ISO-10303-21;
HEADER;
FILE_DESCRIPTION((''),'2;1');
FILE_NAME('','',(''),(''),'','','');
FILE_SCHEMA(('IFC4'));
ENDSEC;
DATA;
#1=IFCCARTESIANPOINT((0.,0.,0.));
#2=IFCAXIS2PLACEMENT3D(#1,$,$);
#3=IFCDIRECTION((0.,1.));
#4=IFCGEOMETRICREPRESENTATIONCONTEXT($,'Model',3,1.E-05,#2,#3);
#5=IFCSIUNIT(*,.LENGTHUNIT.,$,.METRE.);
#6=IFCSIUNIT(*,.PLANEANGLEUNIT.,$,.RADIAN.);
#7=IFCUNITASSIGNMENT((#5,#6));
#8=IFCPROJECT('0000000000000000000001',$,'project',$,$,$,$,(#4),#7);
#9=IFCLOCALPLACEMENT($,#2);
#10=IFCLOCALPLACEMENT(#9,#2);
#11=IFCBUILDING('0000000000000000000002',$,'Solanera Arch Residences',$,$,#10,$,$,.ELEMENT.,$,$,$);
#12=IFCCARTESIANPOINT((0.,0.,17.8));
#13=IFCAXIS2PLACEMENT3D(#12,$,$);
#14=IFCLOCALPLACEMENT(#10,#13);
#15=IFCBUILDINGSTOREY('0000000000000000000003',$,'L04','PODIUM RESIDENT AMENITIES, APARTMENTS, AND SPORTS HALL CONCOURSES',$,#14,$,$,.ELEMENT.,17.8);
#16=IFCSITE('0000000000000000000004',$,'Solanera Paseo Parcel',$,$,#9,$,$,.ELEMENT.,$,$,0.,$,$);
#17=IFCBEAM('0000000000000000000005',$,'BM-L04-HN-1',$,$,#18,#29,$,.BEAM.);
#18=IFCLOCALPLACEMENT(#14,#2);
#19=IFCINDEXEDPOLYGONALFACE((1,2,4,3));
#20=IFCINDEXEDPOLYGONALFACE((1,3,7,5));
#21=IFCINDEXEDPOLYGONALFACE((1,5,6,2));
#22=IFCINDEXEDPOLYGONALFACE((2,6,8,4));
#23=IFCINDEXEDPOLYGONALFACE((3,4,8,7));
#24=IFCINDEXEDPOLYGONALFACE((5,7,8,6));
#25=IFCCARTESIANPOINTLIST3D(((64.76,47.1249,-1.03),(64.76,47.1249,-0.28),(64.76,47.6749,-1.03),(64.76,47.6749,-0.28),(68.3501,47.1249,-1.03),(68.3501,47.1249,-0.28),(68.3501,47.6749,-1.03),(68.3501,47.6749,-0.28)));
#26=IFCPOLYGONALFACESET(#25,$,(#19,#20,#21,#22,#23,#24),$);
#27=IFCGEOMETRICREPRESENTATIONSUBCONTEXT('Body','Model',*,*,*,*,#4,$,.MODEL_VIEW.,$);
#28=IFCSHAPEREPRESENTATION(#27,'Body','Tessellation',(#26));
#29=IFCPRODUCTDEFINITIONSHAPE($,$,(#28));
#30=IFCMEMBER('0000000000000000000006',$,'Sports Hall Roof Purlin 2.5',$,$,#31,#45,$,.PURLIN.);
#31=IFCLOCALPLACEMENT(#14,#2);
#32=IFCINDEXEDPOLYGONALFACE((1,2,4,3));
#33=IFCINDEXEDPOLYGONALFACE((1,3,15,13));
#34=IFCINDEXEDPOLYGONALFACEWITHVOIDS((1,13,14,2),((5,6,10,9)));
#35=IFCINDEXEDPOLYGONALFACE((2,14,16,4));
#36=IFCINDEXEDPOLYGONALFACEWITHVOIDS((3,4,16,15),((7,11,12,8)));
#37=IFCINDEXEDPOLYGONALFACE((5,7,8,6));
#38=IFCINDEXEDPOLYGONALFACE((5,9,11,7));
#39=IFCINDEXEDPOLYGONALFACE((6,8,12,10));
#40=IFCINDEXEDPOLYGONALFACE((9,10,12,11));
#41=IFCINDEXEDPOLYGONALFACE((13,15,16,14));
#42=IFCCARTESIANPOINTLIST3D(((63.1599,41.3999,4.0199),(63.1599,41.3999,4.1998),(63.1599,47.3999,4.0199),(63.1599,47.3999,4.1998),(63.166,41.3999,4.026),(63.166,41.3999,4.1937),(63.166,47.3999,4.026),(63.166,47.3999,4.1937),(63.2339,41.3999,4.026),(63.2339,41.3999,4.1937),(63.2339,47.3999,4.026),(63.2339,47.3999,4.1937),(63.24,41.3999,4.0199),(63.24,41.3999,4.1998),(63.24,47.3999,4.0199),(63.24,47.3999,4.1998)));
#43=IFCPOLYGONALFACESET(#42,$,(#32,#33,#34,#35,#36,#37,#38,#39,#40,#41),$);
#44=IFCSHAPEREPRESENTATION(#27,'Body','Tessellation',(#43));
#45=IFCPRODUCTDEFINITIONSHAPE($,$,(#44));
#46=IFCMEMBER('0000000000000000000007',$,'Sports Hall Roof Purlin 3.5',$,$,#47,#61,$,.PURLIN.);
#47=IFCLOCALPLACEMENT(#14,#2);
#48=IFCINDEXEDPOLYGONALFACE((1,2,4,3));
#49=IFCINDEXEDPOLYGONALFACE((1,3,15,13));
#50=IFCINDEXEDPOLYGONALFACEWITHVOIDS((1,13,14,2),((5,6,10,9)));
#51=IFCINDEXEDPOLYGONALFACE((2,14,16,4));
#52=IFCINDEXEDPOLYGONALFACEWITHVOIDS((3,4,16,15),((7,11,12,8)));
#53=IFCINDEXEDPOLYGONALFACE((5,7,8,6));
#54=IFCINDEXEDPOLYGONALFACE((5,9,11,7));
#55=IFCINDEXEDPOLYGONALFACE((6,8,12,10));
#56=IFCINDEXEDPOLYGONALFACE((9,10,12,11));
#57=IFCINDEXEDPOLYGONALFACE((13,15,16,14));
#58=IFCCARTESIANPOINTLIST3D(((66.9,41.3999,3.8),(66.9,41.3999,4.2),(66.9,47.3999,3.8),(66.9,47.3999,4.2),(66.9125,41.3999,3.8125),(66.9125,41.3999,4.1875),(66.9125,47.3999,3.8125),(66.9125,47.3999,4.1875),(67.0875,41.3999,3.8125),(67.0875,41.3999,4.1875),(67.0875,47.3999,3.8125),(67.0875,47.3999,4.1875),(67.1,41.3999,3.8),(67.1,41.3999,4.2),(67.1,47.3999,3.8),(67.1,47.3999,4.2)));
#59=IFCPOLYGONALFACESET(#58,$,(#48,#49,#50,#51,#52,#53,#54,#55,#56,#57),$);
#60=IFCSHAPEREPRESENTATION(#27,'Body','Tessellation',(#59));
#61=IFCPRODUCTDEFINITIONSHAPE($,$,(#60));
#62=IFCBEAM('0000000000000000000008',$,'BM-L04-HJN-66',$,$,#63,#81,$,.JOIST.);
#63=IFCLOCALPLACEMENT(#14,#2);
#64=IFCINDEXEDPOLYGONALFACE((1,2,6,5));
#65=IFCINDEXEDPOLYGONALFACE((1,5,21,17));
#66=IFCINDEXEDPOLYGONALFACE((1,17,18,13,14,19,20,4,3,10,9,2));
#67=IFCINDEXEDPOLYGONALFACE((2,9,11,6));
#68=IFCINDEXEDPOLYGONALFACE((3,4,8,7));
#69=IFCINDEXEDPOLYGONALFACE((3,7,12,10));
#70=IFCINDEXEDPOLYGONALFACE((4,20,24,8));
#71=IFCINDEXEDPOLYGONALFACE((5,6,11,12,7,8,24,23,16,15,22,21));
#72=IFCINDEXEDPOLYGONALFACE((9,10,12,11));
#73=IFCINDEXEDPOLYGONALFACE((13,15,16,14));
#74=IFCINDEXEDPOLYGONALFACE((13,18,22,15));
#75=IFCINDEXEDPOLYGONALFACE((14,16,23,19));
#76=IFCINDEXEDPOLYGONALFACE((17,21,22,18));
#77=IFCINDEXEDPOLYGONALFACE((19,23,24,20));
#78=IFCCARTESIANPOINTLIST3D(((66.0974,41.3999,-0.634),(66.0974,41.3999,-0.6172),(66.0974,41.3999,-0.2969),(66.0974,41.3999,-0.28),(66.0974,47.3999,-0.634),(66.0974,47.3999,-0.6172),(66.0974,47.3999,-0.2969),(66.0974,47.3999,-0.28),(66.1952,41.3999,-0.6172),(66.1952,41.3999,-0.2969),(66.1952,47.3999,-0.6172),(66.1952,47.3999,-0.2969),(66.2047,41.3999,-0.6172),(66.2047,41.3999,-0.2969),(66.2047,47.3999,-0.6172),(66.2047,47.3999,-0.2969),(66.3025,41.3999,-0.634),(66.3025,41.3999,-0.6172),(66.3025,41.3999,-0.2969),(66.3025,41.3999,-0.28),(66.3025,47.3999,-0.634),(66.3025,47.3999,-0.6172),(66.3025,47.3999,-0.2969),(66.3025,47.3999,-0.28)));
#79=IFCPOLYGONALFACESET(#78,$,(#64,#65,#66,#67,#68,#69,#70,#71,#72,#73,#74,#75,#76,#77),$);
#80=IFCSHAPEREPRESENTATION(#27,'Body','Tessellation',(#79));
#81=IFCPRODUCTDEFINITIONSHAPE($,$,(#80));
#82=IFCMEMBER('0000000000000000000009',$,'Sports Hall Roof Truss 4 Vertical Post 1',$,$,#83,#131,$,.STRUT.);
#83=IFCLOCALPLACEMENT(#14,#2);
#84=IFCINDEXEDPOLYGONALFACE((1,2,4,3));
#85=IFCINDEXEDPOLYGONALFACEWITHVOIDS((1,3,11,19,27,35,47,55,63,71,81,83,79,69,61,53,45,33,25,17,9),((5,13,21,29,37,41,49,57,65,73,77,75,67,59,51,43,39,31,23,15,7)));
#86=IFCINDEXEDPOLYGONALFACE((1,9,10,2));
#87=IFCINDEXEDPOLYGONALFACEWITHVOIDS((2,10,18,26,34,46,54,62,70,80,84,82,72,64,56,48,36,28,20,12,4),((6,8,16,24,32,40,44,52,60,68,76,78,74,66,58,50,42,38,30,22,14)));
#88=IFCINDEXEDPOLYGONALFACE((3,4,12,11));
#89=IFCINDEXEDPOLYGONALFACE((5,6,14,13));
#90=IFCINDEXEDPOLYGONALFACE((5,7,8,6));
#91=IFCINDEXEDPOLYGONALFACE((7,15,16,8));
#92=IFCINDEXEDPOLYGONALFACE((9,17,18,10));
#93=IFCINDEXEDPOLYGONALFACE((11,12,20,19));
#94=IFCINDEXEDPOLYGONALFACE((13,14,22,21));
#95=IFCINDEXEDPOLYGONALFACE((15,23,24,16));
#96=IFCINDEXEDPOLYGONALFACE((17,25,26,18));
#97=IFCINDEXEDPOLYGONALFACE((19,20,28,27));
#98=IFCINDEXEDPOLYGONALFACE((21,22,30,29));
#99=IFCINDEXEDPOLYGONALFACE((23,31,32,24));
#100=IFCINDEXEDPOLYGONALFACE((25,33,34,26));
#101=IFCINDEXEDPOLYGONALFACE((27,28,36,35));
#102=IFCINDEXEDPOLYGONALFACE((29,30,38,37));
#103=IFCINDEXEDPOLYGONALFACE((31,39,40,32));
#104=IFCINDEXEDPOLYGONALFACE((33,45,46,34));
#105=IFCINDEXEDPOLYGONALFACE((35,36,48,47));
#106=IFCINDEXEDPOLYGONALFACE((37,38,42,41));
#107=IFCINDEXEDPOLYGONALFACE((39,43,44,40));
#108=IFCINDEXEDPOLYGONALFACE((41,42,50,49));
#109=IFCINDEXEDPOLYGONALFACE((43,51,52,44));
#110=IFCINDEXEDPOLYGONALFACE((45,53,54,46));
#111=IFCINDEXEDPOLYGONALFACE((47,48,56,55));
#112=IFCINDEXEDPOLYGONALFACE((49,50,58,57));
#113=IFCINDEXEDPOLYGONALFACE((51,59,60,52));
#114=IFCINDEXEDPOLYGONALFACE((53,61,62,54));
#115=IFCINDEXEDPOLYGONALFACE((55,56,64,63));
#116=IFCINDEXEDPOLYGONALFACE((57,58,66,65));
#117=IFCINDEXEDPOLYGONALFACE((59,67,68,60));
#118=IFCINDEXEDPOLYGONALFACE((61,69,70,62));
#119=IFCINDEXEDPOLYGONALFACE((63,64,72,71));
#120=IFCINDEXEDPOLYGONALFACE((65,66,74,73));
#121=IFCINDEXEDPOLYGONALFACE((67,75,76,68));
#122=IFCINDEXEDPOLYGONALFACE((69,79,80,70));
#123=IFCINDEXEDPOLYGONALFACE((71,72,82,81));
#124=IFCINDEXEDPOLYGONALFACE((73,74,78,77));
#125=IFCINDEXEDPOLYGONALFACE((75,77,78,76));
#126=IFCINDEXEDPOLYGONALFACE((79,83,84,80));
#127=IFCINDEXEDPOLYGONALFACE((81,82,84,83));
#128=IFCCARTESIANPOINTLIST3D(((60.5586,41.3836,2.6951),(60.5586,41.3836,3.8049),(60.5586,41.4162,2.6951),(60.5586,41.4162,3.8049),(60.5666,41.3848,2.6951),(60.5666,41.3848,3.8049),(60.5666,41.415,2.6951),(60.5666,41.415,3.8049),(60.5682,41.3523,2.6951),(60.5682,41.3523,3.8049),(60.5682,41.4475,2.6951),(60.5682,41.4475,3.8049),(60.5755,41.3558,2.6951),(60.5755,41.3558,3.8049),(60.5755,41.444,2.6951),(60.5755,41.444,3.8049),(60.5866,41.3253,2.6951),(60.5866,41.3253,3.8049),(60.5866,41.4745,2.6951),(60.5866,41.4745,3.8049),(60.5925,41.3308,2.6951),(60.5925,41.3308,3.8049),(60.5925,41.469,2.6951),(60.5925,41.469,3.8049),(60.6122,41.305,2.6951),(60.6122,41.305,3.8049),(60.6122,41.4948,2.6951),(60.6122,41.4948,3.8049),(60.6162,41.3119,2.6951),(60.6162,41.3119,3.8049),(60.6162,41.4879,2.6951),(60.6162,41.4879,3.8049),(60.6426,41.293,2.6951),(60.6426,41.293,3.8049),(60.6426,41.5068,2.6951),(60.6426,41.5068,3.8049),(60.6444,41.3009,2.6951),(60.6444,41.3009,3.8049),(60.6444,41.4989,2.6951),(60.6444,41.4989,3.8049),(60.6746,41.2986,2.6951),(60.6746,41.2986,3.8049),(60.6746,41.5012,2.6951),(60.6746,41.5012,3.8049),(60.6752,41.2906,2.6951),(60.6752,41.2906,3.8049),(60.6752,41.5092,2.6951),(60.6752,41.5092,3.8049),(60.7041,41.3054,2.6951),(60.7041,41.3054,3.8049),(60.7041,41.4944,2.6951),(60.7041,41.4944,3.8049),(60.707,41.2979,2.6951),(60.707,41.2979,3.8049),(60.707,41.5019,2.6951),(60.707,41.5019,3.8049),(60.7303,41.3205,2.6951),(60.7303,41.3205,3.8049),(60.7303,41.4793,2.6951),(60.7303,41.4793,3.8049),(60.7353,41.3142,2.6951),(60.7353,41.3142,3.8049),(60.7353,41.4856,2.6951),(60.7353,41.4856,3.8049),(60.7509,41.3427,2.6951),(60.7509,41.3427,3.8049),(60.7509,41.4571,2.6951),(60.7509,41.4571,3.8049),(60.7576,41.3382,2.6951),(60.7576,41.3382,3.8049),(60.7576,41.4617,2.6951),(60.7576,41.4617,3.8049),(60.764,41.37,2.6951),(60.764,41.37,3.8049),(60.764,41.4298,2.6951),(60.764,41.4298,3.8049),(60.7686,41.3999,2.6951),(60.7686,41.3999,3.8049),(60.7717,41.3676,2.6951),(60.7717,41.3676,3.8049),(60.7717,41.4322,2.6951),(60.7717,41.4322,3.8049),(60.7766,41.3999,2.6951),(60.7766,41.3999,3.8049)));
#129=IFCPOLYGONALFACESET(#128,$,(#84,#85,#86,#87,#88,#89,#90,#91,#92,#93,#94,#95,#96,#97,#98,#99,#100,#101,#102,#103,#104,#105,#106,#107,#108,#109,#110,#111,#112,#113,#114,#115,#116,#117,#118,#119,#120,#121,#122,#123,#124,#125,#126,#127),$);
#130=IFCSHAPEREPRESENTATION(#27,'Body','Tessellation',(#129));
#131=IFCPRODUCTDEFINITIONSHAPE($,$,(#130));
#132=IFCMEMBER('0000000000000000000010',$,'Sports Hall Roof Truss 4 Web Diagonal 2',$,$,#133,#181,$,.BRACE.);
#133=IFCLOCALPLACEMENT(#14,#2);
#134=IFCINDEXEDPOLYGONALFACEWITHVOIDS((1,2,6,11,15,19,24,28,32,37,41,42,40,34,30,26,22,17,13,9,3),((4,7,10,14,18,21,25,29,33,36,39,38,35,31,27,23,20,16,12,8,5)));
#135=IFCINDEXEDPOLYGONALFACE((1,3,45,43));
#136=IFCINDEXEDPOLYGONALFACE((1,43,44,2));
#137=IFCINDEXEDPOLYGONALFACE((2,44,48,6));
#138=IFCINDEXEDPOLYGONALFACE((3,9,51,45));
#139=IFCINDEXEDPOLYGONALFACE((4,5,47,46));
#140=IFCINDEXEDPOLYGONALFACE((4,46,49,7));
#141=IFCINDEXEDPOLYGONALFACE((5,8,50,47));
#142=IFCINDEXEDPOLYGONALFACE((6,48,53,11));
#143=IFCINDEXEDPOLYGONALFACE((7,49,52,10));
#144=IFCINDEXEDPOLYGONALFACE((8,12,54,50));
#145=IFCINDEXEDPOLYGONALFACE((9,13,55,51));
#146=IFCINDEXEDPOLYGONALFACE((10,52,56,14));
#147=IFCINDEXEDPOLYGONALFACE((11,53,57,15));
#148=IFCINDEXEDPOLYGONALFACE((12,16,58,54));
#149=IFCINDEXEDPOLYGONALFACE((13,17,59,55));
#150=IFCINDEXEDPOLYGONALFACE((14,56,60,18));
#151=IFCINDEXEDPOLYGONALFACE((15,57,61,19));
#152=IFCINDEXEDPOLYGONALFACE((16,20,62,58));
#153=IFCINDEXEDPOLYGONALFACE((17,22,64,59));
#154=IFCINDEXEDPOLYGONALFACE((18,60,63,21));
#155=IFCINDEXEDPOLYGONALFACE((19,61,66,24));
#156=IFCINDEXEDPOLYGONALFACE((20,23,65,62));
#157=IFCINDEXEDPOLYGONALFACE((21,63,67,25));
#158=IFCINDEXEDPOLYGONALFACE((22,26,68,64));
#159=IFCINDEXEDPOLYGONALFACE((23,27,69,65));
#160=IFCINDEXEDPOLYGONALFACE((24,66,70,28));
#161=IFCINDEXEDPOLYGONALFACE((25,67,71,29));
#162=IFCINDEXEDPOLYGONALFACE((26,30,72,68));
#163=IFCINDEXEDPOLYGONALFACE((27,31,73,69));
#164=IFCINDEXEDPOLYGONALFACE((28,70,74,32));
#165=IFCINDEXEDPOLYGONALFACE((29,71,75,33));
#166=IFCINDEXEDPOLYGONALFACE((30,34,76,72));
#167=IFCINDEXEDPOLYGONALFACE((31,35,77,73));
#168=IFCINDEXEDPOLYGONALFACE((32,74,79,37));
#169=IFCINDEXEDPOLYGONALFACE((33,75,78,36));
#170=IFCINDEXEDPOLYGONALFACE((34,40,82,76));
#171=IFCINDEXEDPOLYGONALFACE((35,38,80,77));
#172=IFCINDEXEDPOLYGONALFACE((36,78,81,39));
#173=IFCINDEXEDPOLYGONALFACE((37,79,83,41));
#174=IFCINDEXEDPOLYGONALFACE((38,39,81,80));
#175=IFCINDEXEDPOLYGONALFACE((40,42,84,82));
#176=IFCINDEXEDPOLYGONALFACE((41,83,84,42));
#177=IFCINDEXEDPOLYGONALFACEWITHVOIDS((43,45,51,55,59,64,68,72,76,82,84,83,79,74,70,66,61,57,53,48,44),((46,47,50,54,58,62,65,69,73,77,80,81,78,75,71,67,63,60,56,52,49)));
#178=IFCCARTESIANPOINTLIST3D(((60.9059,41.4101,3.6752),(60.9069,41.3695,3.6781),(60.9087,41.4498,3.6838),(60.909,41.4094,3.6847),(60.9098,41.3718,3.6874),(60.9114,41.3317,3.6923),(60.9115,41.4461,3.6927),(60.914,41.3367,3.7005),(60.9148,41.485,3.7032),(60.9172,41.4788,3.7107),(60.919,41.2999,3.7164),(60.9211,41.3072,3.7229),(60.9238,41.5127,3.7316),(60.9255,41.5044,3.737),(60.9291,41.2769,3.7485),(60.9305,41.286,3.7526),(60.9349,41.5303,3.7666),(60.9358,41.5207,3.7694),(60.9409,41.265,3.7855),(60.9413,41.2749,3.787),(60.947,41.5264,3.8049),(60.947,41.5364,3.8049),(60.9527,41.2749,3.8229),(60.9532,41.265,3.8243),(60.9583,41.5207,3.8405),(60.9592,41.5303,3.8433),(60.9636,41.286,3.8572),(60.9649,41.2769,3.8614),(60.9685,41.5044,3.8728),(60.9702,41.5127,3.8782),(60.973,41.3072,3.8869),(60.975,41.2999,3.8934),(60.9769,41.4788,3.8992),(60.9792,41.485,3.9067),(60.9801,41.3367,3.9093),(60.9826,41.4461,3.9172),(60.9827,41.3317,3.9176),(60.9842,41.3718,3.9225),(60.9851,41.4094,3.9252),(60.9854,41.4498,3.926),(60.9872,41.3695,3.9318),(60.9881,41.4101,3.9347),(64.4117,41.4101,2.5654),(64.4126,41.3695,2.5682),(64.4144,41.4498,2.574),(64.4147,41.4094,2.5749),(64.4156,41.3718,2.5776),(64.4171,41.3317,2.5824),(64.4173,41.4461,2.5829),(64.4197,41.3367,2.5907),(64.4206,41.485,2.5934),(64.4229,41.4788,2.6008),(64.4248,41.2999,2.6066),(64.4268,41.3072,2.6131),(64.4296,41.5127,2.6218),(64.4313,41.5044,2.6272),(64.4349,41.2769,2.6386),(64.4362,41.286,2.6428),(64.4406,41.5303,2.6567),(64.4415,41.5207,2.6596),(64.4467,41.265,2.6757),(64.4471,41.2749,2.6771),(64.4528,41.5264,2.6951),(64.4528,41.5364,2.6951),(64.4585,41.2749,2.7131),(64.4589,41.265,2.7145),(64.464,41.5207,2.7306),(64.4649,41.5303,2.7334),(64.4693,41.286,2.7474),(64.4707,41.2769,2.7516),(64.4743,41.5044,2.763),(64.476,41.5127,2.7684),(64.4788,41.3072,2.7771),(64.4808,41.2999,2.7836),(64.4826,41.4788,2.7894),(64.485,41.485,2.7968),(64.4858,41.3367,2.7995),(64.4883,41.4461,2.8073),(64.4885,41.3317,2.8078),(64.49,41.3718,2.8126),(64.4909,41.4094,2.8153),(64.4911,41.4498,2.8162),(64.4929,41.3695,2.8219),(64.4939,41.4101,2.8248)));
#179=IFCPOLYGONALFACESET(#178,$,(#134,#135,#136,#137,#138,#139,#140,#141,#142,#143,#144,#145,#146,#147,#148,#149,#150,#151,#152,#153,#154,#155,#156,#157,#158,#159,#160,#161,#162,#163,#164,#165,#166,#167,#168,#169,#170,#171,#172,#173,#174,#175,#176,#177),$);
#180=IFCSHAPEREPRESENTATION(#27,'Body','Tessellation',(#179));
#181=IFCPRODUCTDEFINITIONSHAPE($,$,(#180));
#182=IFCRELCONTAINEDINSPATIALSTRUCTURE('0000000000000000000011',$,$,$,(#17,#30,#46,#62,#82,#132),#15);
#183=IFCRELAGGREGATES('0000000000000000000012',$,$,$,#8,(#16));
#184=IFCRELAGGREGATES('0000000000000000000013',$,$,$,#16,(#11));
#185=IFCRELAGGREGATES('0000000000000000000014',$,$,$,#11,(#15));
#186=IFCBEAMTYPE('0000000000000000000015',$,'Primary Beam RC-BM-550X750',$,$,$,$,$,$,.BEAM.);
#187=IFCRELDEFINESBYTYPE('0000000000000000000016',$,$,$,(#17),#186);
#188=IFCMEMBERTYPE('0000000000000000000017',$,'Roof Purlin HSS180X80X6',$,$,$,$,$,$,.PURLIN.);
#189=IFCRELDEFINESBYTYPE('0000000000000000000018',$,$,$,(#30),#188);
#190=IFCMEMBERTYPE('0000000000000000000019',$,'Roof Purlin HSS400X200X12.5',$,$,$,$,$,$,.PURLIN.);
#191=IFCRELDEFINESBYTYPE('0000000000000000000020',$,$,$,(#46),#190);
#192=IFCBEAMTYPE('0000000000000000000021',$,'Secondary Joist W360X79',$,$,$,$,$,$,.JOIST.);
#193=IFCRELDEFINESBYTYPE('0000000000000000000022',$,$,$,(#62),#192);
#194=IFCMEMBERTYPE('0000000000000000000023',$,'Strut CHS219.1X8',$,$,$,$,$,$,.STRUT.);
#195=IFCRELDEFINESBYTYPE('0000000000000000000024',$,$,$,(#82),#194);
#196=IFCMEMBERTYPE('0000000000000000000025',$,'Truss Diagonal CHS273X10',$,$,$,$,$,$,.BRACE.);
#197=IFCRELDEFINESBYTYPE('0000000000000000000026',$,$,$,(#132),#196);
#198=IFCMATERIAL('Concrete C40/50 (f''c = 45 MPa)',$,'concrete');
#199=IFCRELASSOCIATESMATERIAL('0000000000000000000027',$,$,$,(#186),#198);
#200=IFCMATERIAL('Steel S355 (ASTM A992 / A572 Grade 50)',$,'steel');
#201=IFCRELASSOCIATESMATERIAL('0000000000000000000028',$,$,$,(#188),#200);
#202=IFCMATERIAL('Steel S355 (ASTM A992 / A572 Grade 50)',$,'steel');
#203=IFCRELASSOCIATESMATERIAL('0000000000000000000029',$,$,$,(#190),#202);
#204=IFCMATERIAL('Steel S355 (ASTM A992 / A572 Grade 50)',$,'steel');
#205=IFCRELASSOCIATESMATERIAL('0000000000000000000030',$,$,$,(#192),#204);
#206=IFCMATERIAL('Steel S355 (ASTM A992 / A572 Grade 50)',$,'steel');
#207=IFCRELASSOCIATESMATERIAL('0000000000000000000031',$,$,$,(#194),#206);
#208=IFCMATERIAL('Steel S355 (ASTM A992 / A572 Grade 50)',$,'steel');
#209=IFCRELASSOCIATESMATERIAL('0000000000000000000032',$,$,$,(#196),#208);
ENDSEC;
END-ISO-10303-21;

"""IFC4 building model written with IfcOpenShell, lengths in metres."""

from ifc_helpers import new_model, si_unit, direction, frame, origin, origin_2d, place, context, subcontext, project, spatial, rectangle, hollow_rectangle, hollow_circle, i_section, extrude, material, material_profile, profile_set, type_object, element, save


model = new_model("IFC4")

# Units and contexts
model_context = context("Model", 3, precision=1e-05, world=origin(), true_north=direction((0.0, 1.0)))
body_context = subcontext(model_context, "Body", "Model", "MODEL_VIEW")
ifc_project = project(units=[si_unit("LENGTHUNIT", "METRE"), si_unit("PLANEANGLEUNIT", "RADIAN")], contexts=[model_context])

# Site, building, storey
site_placement = place(None, origin())
site = spatial("IfcSite", under=ifc_project, at=site_placement, Name="Solanera Paseo Parcel", CompositionType="ELEMENT", RefElevation=0.0)
building_placement = place(site_placement, origin())
building = spatial("IfcBuilding", under=site, at=building_placement, Name="Solanera Arch Residences", CompositionType="ELEMENT")
storey_placement = place(building_placement, frame((0.0, 0.0, 17.8)))
storey = spatial("IfcBuildingStorey", under=building, at=storey_placement, Name="L04", Description="PODIUM RESIDENT AMENITIES, APARTMENTS, AND SPORTS HALL CONCOURSES", CompositionType="ELEMENT", Elevation=17.8)

# Beam
ifc_material_1 = material(Name="Concrete C40/50 (f'c = 45 MPa)", Category="concrete")
ifc_material_profile_1 = material_profile(ifc_material_1, rectangle(XDim=0.55, YDim=0.75, at=origin_2d()))
ifc_profile_set_1 = profile_set([ifc_material_profile_1], Name="Concrete C40/50 (f'c = 45 MPa)")
beam_type_1 = type_object("IfcBeamType", Name="Primary Beam RC-BM-550X750", PredefinedType="BEAM", material=ifc_profile_set_1)
beam_1_placement = place(storey_placement, frame((64.76, 47.3999, -0.655), z_axis=(1.0, 0.0, 0.0), x_axis=(0.0, 1.0, 0.0)))
element("IfcBeam", 1, at=beam_1_placement, inside=storey, type_object=beam_type_1, Name="BM-L04-HN-1", PredefinedType="BEAM", context=body_context, shape_type="SweptSolid", body=[
    extrude(rectangle(XDim=0.55, YDim=0.75, at=origin_2d()), origin(), (0.0, 0.0, 1.0), 3.5901),
])

# Members
ifc_material_2 = material(Name="Steel S355 (ASTM A992 / A572 Grade 50)", Category="steel")
ifc_material_profile_2 = material_profile(ifc_material_2, hollow_rectangle(XDim=0.0801, YDim=0.1799, WallThickness=0.0061, at=origin_2d()))
ifc_profile_set_2 = profile_set([ifc_material_profile_2], Name="Steel S355 (ASTM A992 / A572 Grade 50)")
member_type_1 = type_object("IfcMemberType", Name="Roof Purlin HSS180X80X6", PredefinedType="PURLIN", material=ifc_profile_set_2)
member_1_placement = place(storey_placement, frame((63.2, 41.3999, 4.1099), z_axis=(0.0, 1.0, 0.0), x_axis=(-1.0, 0.0, 0.0)))
element("IfcMember", 2, at=member_1_placement, inside=storey, type_object=member_type_1, Name="Sports Hall Roof Purlin 2.5", PredefinedType="PURLIN", context=body_context, shape_type="SweptSolid", body=[
    extrude(hollow_rectangle(XDim=0.0801, YDim=0.1799, WallThickness=0.0061, at=origin_2d()), origin(), (0.0, 0.0, 1.0), 6.0),
])
ifc_material_3 = material(Name="Steel S355 (ASTM A992 / A572 Grade 50)", Category="steel")
ifc_material_profile_3 = material_profile(ifc_material_3, hollow_rectangle(XDim=0.2, YDim=0.3999, WallThickness=0.0125, at=origin_2d()))
ifc_profile_set_3 = profile_set([ifc_material_profile_3], Name="Steel S355 (ASTM A992 / A572 Grade 50)")
member_type_2 = type_object("IfcMemberType", Name="Roof Purlin HSS400X200X12.5", PredefinedType="PURLIN", material=ifc_profile_set_3)
member_2_placement = place(storey_placement, frame((67.0, 41.3999, 4.0), z_axis=(0.0, 1.0, 0.0), x_axis=(-1.0, 0.0, 0.0)))
element("IfcMember", 3, at=member_2_placement, inside=storey, type_object=member_type_2, Name="Sports Hall Roof Purlin 3.5", PredefinedType="PURLIN", context=body_context, shape_type="SweptSolid", body=[
    extrude(hollow_rectangle(XDim=0.2, YDim=0.3999, WallThickness=0.0125, at=origin_2d()), origin(), (0.0, 0.0, 1.0), 6.0),
])

# Beam
ifc_material_4 = material(Name="Steel S355 (ASTM A992 / A572 Grade 50)", Category="steel")
ifc_material_profile_4 = material_profile(ifc_material_4, i_section(OverallWidth=0.2051, OverallDepth=0.354, WebThickness=0.0095, FlangeThickness=0.0168, at=origin_2d()))
ifc_profile_set_4 = profile_set([ifc_material_profile_4], Name="Steel S355 (ASTM A992 / A572 Grade 50)")
beam_type_2 = type_object("IfcBeamType", Name="Secondary Joist W360X79", PredefinedType="JOIST", material=ifc_profile_set_4)
beam_2_placement = place(storey_placement, frame((66.2, 41.3999, -0.457), z_axis=(0.0, 1.0, 0.0), x_axis=(-1.0, 0.0, 0.0)))
element("IfcBeam", 4, at=beam_2_placement, inside=storey, type_object=beam_type_2, Name="BM-L04-HJN-66", PredefinedType="JOIST", context=body_context, shape_type="SweptSolid", body=[
    extrude(i_section(OverallWidth=0.2051, OverallDepth=0.354, WebThickness=0.0095, FlangeThickness=0.0168, at=origin_2d()), origin(), (0.0, 0.0, 1.0), 6.0),
])

# Members
ifc_material_5 = material(Name="Steel S355 (ASTM A992 / A572 Grade 50)", Category="steel")
ifc_material_profile_5 = material_profile(ifc_material_5, hollow_circle(Radius=0.1096, WallThickness=0.0081, at=origin_2d()))
ifc_profile_set_5 = profile_set([ifc_material_profile_5], Name="Steel S355 (ASTM A992 / A572 Grade 50)")
member_type_3 = type_object("IfcMemberType", Name="Strut CHS219.1X8", PredefinedType="STRUT", material=ifc_profile_set_5)
member_3_placement = place(storey_placement, frame((60.667, 41.3999, 2.6951), z_axis=(0.0, 0.0, 1.0), x_axis=(1.0, 0.0, 0.0)))
element("IfcMember", 5, at=member_3_placement, inside=storey, type_object=member_type_3, Name="Sports Hall Roof Truss 4 Vertical Post 1", PredefinedType="STRUT", context=body_context, shape_type="SweptSolid", body=[
    extrude(hollow_circle(Radius=0.1096, WallThickness=0.0081, at=origin_2d()), origin(), (0.0, 0.0, 1.0), 1.1099),
])
ifc_material_6 = material(Name="Steel S355 (ASTM A992 / A572 Grade 50)", Category="steel")
ifc_material_profile_6 = material_profile(ifc_material_6, hollow_circle(Radius=0.1365, WallThickness=0.01, at=origin_2d()))
ifc_profile_set_6 = profile_set([ifc_material_profile_6], Name="Steel S355 (ASTM A992 / A572 Grade 50)")
member_type_4 = type_object("IfcMemberType", Name="Truss Diagonal CHS273X10", PredefinedType="BRACE", material=ifc_profile_set_6)
member_4_placement = place(storey_placement, frame((60.947, 41.3999, 3.8049), z_axis=(0.953368, 0.0, -0.301811), x_axis=(0.0, 1.0, 0.0)))
element("IfcMember", 6, at=member_4_placement, inside=storey, type_object=member_type_4, Name="Sports Hall Roof Truss 4 Web Diagonal 2", PredefinedType="BRACE", context=body_context, shape_type="SweptSolid", body=[
    extrude(hollow_circle(Radius=0.1365, WallThickness=0.01, at=origin_2d()), origin(), (0.0, 0.0, 1.0), 3.6772),
])

save(model, "model.ifc")
